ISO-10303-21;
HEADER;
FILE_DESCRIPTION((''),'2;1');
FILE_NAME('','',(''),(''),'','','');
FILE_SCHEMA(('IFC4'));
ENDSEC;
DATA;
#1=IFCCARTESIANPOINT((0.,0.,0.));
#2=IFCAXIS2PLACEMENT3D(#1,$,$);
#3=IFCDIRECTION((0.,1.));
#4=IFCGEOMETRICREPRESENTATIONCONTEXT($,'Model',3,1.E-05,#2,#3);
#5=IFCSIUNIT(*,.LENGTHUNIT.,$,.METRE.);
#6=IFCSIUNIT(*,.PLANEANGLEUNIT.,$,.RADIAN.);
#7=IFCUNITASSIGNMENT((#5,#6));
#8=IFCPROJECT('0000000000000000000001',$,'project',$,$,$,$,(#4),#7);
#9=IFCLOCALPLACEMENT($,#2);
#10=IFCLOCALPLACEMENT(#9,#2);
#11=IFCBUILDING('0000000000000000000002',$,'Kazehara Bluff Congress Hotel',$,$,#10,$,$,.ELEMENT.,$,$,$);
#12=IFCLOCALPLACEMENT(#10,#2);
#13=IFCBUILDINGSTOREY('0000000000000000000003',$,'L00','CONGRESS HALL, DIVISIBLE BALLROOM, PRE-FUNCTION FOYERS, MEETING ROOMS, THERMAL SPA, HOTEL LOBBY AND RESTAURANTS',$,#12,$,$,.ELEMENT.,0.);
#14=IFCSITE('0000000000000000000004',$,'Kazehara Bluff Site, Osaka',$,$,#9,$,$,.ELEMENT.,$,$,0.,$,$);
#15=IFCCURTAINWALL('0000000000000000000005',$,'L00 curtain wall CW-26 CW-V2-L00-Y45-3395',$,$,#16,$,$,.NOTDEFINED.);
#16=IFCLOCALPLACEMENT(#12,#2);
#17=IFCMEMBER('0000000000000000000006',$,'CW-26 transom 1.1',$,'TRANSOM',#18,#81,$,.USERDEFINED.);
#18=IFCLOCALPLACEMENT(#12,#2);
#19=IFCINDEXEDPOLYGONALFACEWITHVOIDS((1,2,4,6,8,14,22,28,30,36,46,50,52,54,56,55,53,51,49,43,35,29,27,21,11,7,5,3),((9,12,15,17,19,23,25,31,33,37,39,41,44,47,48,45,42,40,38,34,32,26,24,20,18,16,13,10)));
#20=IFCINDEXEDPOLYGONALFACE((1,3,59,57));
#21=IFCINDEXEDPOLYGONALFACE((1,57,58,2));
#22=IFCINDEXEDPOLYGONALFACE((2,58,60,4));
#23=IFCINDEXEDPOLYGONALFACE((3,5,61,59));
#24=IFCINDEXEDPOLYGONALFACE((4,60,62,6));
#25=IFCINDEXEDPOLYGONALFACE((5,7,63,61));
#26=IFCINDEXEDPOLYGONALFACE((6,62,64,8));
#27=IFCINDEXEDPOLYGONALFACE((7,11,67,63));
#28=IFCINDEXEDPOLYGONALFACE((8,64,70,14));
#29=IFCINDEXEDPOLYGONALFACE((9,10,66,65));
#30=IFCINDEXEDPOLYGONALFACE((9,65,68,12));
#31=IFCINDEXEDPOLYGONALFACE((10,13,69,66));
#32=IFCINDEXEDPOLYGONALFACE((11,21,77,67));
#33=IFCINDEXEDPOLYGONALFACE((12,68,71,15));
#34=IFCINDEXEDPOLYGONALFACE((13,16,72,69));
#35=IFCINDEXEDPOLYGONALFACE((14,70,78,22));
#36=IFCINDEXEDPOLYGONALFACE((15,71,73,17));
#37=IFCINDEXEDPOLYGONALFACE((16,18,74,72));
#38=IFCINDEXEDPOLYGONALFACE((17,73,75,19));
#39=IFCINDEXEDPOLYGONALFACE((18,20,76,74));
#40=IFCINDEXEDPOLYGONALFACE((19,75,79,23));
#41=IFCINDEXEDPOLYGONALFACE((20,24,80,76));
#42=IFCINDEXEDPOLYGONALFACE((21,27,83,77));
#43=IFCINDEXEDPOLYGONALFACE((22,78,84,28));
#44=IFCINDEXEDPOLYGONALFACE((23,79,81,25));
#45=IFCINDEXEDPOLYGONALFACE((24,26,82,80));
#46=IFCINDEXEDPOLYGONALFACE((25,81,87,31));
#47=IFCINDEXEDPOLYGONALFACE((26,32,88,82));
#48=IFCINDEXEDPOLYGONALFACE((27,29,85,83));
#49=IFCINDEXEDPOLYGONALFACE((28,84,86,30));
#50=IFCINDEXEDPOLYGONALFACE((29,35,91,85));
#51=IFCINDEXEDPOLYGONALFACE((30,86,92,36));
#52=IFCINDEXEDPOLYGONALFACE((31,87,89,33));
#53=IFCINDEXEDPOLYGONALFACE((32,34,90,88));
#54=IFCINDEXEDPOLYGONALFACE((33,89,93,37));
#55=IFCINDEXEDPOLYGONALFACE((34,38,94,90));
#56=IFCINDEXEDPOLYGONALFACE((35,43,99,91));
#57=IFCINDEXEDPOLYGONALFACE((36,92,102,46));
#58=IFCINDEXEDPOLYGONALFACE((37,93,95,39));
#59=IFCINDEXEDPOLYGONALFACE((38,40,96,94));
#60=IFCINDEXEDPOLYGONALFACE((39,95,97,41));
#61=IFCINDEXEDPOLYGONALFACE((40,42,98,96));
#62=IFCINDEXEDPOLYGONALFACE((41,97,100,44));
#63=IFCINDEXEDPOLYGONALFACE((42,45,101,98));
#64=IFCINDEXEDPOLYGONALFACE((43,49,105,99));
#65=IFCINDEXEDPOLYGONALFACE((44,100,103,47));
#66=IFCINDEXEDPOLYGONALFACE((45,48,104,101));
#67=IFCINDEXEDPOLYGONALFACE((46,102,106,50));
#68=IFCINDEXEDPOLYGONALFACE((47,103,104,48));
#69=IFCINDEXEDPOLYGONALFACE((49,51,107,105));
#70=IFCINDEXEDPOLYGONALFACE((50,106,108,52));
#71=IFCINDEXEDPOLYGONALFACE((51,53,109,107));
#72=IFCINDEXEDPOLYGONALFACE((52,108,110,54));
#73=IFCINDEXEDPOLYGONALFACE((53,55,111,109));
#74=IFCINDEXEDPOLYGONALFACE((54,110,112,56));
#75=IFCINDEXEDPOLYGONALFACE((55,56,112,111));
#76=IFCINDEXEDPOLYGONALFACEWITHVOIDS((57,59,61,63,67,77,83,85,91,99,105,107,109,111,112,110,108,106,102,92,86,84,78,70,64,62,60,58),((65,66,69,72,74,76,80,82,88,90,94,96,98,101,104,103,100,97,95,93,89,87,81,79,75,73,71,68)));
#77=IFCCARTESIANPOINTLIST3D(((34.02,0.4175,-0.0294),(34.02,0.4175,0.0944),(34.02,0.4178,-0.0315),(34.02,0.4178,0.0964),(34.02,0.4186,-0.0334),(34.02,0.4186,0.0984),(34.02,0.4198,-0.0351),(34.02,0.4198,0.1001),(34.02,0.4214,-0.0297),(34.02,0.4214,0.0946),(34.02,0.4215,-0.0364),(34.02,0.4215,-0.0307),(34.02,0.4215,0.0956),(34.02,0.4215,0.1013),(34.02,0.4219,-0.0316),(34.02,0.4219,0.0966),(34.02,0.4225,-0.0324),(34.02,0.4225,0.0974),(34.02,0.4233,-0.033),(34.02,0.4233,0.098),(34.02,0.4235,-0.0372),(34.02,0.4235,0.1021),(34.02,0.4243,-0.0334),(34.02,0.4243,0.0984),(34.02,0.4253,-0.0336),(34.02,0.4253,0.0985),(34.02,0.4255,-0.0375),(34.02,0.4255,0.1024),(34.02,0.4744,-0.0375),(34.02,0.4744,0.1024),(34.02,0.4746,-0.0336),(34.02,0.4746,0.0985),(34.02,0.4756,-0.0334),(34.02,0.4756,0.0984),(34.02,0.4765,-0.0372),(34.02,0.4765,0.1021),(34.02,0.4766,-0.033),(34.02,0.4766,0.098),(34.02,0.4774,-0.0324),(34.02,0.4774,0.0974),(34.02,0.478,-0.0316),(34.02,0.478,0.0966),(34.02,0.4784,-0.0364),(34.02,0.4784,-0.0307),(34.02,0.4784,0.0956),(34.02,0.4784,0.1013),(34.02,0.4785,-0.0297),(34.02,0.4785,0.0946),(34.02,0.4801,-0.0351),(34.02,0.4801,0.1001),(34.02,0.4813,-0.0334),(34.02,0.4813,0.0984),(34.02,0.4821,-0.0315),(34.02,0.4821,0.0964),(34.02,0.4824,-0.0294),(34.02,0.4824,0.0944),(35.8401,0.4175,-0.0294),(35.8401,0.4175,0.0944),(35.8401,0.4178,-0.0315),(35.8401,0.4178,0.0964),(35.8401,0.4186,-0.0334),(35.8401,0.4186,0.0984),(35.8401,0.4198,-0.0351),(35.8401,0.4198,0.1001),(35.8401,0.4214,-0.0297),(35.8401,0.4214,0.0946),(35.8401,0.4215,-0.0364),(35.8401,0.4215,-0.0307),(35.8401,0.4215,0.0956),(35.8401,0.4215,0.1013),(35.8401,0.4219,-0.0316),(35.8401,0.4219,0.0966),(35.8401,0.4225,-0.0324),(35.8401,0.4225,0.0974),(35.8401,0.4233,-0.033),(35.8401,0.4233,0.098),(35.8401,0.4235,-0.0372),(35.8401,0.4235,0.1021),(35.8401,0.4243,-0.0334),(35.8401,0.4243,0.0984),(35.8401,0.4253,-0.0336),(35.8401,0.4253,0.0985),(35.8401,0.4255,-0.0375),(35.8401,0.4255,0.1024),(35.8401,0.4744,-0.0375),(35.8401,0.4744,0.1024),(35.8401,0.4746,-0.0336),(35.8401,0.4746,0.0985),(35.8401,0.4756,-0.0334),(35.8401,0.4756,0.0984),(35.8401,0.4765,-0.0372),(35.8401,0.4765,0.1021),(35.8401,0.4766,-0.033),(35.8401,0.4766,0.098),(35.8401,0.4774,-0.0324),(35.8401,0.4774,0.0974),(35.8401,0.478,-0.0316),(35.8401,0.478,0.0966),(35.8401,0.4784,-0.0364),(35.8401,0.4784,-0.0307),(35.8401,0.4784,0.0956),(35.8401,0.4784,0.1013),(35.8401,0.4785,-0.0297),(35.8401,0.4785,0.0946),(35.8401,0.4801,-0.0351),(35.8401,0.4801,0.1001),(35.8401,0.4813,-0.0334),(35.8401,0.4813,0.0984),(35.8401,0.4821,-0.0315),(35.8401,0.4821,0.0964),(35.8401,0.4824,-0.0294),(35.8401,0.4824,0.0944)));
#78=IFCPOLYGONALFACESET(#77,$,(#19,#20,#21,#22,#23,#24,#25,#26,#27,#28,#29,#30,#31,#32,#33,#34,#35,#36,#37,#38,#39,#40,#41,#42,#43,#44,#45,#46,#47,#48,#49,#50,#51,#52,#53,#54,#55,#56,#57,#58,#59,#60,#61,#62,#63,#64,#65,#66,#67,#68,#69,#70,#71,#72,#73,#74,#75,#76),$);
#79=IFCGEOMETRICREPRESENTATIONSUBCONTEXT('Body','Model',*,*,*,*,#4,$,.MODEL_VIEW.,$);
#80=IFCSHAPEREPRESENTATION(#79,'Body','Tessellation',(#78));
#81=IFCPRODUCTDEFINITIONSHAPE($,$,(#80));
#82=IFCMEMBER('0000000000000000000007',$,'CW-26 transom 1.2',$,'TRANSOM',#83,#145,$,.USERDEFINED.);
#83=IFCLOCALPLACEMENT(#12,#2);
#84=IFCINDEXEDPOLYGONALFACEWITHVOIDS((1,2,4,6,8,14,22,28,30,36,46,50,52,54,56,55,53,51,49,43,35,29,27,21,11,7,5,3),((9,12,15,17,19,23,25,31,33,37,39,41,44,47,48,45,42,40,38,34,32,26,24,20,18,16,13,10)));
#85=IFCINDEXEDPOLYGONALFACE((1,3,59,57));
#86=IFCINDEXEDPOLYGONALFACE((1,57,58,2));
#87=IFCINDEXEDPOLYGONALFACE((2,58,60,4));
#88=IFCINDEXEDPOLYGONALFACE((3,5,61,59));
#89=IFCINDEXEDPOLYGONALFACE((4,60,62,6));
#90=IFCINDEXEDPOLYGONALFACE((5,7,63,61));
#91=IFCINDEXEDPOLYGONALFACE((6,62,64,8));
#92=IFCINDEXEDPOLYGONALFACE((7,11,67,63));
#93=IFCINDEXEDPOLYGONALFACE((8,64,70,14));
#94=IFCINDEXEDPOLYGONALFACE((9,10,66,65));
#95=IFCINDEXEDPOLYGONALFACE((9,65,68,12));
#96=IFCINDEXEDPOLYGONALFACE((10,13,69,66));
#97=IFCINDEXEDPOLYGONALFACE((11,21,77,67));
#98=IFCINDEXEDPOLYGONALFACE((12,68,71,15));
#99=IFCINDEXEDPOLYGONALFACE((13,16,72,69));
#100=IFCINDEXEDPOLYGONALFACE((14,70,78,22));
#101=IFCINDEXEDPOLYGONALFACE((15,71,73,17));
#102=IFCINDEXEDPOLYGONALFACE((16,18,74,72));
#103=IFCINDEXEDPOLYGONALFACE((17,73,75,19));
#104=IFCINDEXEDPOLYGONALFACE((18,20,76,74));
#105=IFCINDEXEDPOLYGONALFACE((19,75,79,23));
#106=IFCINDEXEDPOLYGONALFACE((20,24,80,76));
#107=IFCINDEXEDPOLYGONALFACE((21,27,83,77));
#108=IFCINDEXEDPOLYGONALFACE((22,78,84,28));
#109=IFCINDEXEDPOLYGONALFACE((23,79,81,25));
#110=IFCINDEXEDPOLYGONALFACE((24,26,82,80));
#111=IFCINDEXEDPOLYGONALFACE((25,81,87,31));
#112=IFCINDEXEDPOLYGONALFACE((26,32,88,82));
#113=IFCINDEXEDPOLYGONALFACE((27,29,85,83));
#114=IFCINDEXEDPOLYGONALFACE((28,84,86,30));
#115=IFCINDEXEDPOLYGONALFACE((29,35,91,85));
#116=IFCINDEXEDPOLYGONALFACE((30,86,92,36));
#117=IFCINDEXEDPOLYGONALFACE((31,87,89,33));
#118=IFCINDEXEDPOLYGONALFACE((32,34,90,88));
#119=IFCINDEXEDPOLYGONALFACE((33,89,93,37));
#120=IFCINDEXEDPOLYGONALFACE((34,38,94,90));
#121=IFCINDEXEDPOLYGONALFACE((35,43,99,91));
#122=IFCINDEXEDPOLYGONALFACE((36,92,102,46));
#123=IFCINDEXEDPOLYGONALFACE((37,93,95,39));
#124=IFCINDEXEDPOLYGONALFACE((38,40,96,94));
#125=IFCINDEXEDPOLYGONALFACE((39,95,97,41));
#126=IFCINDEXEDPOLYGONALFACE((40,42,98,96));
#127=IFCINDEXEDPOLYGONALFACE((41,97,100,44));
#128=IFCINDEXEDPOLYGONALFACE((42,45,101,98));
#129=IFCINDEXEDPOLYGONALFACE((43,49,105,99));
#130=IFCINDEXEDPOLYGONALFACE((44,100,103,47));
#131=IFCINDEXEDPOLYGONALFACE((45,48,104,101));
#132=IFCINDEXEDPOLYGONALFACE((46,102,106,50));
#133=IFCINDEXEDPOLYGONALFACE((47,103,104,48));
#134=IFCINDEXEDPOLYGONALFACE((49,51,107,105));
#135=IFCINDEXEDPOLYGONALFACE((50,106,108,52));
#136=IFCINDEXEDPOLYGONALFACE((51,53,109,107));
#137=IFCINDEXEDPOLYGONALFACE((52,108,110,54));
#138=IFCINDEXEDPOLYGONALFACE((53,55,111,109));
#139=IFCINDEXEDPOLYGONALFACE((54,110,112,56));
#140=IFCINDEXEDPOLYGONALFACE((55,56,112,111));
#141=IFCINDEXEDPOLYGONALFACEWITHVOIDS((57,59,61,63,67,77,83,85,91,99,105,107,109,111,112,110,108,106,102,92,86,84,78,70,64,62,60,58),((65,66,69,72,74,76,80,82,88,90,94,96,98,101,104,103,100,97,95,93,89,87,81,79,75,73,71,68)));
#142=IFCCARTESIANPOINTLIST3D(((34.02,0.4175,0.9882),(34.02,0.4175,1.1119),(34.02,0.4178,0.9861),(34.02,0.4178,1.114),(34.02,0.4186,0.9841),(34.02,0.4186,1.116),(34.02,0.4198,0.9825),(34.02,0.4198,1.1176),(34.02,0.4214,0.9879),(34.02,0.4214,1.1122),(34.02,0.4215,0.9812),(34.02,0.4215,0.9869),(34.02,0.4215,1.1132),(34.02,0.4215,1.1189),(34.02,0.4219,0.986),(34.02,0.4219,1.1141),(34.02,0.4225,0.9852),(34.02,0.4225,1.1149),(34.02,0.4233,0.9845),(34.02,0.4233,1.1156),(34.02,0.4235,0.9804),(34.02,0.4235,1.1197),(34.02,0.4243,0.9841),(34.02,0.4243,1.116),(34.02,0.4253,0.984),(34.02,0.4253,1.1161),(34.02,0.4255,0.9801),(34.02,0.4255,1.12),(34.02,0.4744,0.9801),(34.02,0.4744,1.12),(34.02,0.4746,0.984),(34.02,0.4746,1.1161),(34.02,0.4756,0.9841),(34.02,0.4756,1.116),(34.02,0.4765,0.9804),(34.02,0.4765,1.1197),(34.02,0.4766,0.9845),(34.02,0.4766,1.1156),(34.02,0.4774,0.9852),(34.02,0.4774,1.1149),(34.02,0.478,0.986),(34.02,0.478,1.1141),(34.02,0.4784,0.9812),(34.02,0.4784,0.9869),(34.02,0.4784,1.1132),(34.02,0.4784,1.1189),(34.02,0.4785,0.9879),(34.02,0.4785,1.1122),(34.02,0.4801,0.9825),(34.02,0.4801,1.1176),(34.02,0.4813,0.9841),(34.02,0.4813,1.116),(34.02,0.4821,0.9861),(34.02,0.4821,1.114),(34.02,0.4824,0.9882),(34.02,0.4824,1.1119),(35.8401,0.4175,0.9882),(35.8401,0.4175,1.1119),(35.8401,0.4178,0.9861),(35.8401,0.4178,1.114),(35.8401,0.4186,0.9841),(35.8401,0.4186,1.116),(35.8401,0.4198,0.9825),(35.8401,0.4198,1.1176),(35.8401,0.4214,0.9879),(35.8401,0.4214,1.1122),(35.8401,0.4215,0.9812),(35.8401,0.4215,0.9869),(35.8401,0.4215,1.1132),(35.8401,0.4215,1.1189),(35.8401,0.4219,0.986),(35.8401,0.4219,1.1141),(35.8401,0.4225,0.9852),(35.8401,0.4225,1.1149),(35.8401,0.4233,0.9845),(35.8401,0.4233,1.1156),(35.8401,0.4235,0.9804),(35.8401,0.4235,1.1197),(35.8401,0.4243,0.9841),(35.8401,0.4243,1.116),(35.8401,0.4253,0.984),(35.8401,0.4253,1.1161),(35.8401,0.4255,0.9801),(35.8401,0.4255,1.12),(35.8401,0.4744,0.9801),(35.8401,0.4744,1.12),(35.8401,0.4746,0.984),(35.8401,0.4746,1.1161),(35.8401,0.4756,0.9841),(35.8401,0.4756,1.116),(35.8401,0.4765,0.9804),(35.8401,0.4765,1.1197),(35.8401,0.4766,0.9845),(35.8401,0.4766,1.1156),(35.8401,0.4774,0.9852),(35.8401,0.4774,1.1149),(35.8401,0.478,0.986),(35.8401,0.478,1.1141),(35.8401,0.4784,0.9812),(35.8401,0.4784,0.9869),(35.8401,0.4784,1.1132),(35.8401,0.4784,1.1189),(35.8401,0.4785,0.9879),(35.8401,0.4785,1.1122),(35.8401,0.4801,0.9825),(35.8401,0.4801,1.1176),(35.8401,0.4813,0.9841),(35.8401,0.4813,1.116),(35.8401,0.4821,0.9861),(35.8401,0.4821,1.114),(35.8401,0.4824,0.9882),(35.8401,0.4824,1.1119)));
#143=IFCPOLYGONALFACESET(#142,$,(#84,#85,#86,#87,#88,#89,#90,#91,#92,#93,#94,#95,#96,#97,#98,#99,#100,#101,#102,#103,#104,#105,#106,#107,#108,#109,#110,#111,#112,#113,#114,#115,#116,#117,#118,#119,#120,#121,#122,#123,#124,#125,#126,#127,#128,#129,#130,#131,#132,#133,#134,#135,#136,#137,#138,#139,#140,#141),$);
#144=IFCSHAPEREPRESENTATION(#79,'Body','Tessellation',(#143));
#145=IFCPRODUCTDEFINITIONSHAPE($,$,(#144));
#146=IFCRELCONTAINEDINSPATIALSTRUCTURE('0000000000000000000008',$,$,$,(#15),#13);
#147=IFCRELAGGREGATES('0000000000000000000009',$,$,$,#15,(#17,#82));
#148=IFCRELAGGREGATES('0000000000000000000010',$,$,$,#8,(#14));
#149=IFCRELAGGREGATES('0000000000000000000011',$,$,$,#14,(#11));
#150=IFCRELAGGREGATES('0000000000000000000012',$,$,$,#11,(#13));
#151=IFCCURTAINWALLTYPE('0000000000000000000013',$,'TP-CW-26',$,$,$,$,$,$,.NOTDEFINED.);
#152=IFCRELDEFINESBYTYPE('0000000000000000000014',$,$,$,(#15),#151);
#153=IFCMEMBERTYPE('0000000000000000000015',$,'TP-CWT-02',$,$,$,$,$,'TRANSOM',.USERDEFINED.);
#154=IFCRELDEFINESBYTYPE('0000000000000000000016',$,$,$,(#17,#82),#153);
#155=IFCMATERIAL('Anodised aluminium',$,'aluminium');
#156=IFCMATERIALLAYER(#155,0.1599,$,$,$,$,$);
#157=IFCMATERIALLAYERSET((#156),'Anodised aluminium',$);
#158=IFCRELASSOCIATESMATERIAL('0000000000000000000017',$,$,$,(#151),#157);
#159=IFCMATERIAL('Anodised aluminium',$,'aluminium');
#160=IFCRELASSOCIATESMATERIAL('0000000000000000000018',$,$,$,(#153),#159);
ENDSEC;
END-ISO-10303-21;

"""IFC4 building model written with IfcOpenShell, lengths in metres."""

from ifc_helpers import new_model, si_unit, direction, frame, origin, origin_2d, place, context, subcontext, project, spatial, hollow_rectangle, extrude, material, layer, layer_set, material_profile, profile_set, type_object, element, aggregate, save


model = new_model("IFC4")

# Units and contexts
model_context = context("Model", 3, precision=1e-05, world=origin(), true_north=direction((0.0, 1.0)))
body_context = subcontext(model_context, "Body", "Model", "MODEL_VIEW")
ifc_project = project(units=[si_unit("LENGTHUNIT", "METRE"), si_unit("PLANEANGLEUNIT", "RADIAN")], contexts=[model_context])

# Site, building, storey
site_placement = place(None, origin())
site = spatial("IfcSite", under=ifc_project, at=site_placement, Name="Kazehara Bluff Site, Osaka", CompositionType="ELEMENT", RefElevation=0.0)
building_placement = place(site_placement, origin())
building = spatial("IfcBuilding", under=site, at=building_placement, Name="Kazehara Bluff Congress Hotel", CompositionType="ELEMENT")
storey_placement = place(building_placement, origin())
storey = spatial("IfcBuildingStorey", under=building, at=storey_placement, Name="L00", Description="CONGRESS HALL, DIVISIBLE BALLROOM, PRE-FUNCTION FOYERS, MEETING ROOMS, THERMAL SPA, HOTEL LOBBY AND RESTAURANTS", CompositionType="ELEMENT", Elevation=0.0)

# Shared definitions
ifc_material_1 = material(Name="Anodised aluminium", Category="aluminium")
ifc_layer_1 = layer(ifc_material_1, 0.1599)
ifc_layer_set_1 = layer_set([ifc_layer_1], Name="Anodised aluminium")
curtain_wall_type = type_object("IfcCurtainWallType", Name="TP-CW-26", PredefinedType="NOTDEFINED", material=ifc_layer_set_1)

# Curtain wall, members
curtain_wall_1_placement = place(storey_placement, origin())
curtain_wall_1 = element("IfcCurtainWall", 1, at=curtain_wall_1_placement, inside=storey, type_object=curtain_wall_type, Name="L00 curtain wall CW-26 CW-V2-L00-Y45-3395", PredefinedType="NOTDEFINED")
ifc_material_2 = material(Name="Anodised aluminium", Category="aluminium")
ifc_material_profile_1 = material_profile(ifc_material_2, hollow_rectangle(XDim=0.0649, YDim=0.1399, WallThickness=0.0039, InnerFilletRadius=0.0039, OuterFilletRadius=0.0081, at=origin_2d()))
ifc_profile_set_1 = profile_set([ifc_material_profile_1], Name="Anodised aluminium")
member_type_1 = type_object("IfcMemberType", Name="TP-CWT-02", ElementType="TRANSOM", PredefinedType="USERDEFINED", material=ifc_profile_set_1)
member_1_placement = place(storey_placement, frame((34.02, 0.45, 0.0325), z_axis=(1.0, 0.0, 0.0), x_axis=(0.0, 1.0, 0.0)))
member_1 = element("IfcMember", 2, at=member_1_placement, type_object=member_type_1, Name="CW-26 transom 1.1", ObjectType="TRANSOM", PredefinedType="USERDEFINED", context=body_context, shape_type="SweptSolid", body=[
    extrude(hollow_rectangle(XDim=0.0649, YDim=0.1399, WallThickness=0.0039, InnerFilletRadius=0.0039, OuterFilletRadius=0.0081, at=origin_2d()), origin(), (0.0, 0.0, 1.0), 1.8201),
])
member_2_placement = place(storey_placement, frame((34.02, 0.45, 1.05), z_axis=(1.0, 0.0, 0.0), x_axis=(0.0, 1.0, 0.0)))
member_2 = element("IfcMember", 3, at=member_2_placement, type_object=member_type_1, Name="CW-26 transom 1.2", ObjectType="TRANSOM", PredefinedType="USERDEFINED", context=body_context, shape_type="SweptSolid", body=[
    extrude(hollow_rectangle(XDim=0.0649, YDim=0.1399, WallThickness=0.0039, InnerFilletRadius=0.0039, OuterFilletRadius=0.0081, at=origin_2d()), origin(), (0.0, 0.0, 1.0), 1.8201),
])

aggregate(curtain_wall_1, [member_1, member_2])

save(model, "model.ifc")
